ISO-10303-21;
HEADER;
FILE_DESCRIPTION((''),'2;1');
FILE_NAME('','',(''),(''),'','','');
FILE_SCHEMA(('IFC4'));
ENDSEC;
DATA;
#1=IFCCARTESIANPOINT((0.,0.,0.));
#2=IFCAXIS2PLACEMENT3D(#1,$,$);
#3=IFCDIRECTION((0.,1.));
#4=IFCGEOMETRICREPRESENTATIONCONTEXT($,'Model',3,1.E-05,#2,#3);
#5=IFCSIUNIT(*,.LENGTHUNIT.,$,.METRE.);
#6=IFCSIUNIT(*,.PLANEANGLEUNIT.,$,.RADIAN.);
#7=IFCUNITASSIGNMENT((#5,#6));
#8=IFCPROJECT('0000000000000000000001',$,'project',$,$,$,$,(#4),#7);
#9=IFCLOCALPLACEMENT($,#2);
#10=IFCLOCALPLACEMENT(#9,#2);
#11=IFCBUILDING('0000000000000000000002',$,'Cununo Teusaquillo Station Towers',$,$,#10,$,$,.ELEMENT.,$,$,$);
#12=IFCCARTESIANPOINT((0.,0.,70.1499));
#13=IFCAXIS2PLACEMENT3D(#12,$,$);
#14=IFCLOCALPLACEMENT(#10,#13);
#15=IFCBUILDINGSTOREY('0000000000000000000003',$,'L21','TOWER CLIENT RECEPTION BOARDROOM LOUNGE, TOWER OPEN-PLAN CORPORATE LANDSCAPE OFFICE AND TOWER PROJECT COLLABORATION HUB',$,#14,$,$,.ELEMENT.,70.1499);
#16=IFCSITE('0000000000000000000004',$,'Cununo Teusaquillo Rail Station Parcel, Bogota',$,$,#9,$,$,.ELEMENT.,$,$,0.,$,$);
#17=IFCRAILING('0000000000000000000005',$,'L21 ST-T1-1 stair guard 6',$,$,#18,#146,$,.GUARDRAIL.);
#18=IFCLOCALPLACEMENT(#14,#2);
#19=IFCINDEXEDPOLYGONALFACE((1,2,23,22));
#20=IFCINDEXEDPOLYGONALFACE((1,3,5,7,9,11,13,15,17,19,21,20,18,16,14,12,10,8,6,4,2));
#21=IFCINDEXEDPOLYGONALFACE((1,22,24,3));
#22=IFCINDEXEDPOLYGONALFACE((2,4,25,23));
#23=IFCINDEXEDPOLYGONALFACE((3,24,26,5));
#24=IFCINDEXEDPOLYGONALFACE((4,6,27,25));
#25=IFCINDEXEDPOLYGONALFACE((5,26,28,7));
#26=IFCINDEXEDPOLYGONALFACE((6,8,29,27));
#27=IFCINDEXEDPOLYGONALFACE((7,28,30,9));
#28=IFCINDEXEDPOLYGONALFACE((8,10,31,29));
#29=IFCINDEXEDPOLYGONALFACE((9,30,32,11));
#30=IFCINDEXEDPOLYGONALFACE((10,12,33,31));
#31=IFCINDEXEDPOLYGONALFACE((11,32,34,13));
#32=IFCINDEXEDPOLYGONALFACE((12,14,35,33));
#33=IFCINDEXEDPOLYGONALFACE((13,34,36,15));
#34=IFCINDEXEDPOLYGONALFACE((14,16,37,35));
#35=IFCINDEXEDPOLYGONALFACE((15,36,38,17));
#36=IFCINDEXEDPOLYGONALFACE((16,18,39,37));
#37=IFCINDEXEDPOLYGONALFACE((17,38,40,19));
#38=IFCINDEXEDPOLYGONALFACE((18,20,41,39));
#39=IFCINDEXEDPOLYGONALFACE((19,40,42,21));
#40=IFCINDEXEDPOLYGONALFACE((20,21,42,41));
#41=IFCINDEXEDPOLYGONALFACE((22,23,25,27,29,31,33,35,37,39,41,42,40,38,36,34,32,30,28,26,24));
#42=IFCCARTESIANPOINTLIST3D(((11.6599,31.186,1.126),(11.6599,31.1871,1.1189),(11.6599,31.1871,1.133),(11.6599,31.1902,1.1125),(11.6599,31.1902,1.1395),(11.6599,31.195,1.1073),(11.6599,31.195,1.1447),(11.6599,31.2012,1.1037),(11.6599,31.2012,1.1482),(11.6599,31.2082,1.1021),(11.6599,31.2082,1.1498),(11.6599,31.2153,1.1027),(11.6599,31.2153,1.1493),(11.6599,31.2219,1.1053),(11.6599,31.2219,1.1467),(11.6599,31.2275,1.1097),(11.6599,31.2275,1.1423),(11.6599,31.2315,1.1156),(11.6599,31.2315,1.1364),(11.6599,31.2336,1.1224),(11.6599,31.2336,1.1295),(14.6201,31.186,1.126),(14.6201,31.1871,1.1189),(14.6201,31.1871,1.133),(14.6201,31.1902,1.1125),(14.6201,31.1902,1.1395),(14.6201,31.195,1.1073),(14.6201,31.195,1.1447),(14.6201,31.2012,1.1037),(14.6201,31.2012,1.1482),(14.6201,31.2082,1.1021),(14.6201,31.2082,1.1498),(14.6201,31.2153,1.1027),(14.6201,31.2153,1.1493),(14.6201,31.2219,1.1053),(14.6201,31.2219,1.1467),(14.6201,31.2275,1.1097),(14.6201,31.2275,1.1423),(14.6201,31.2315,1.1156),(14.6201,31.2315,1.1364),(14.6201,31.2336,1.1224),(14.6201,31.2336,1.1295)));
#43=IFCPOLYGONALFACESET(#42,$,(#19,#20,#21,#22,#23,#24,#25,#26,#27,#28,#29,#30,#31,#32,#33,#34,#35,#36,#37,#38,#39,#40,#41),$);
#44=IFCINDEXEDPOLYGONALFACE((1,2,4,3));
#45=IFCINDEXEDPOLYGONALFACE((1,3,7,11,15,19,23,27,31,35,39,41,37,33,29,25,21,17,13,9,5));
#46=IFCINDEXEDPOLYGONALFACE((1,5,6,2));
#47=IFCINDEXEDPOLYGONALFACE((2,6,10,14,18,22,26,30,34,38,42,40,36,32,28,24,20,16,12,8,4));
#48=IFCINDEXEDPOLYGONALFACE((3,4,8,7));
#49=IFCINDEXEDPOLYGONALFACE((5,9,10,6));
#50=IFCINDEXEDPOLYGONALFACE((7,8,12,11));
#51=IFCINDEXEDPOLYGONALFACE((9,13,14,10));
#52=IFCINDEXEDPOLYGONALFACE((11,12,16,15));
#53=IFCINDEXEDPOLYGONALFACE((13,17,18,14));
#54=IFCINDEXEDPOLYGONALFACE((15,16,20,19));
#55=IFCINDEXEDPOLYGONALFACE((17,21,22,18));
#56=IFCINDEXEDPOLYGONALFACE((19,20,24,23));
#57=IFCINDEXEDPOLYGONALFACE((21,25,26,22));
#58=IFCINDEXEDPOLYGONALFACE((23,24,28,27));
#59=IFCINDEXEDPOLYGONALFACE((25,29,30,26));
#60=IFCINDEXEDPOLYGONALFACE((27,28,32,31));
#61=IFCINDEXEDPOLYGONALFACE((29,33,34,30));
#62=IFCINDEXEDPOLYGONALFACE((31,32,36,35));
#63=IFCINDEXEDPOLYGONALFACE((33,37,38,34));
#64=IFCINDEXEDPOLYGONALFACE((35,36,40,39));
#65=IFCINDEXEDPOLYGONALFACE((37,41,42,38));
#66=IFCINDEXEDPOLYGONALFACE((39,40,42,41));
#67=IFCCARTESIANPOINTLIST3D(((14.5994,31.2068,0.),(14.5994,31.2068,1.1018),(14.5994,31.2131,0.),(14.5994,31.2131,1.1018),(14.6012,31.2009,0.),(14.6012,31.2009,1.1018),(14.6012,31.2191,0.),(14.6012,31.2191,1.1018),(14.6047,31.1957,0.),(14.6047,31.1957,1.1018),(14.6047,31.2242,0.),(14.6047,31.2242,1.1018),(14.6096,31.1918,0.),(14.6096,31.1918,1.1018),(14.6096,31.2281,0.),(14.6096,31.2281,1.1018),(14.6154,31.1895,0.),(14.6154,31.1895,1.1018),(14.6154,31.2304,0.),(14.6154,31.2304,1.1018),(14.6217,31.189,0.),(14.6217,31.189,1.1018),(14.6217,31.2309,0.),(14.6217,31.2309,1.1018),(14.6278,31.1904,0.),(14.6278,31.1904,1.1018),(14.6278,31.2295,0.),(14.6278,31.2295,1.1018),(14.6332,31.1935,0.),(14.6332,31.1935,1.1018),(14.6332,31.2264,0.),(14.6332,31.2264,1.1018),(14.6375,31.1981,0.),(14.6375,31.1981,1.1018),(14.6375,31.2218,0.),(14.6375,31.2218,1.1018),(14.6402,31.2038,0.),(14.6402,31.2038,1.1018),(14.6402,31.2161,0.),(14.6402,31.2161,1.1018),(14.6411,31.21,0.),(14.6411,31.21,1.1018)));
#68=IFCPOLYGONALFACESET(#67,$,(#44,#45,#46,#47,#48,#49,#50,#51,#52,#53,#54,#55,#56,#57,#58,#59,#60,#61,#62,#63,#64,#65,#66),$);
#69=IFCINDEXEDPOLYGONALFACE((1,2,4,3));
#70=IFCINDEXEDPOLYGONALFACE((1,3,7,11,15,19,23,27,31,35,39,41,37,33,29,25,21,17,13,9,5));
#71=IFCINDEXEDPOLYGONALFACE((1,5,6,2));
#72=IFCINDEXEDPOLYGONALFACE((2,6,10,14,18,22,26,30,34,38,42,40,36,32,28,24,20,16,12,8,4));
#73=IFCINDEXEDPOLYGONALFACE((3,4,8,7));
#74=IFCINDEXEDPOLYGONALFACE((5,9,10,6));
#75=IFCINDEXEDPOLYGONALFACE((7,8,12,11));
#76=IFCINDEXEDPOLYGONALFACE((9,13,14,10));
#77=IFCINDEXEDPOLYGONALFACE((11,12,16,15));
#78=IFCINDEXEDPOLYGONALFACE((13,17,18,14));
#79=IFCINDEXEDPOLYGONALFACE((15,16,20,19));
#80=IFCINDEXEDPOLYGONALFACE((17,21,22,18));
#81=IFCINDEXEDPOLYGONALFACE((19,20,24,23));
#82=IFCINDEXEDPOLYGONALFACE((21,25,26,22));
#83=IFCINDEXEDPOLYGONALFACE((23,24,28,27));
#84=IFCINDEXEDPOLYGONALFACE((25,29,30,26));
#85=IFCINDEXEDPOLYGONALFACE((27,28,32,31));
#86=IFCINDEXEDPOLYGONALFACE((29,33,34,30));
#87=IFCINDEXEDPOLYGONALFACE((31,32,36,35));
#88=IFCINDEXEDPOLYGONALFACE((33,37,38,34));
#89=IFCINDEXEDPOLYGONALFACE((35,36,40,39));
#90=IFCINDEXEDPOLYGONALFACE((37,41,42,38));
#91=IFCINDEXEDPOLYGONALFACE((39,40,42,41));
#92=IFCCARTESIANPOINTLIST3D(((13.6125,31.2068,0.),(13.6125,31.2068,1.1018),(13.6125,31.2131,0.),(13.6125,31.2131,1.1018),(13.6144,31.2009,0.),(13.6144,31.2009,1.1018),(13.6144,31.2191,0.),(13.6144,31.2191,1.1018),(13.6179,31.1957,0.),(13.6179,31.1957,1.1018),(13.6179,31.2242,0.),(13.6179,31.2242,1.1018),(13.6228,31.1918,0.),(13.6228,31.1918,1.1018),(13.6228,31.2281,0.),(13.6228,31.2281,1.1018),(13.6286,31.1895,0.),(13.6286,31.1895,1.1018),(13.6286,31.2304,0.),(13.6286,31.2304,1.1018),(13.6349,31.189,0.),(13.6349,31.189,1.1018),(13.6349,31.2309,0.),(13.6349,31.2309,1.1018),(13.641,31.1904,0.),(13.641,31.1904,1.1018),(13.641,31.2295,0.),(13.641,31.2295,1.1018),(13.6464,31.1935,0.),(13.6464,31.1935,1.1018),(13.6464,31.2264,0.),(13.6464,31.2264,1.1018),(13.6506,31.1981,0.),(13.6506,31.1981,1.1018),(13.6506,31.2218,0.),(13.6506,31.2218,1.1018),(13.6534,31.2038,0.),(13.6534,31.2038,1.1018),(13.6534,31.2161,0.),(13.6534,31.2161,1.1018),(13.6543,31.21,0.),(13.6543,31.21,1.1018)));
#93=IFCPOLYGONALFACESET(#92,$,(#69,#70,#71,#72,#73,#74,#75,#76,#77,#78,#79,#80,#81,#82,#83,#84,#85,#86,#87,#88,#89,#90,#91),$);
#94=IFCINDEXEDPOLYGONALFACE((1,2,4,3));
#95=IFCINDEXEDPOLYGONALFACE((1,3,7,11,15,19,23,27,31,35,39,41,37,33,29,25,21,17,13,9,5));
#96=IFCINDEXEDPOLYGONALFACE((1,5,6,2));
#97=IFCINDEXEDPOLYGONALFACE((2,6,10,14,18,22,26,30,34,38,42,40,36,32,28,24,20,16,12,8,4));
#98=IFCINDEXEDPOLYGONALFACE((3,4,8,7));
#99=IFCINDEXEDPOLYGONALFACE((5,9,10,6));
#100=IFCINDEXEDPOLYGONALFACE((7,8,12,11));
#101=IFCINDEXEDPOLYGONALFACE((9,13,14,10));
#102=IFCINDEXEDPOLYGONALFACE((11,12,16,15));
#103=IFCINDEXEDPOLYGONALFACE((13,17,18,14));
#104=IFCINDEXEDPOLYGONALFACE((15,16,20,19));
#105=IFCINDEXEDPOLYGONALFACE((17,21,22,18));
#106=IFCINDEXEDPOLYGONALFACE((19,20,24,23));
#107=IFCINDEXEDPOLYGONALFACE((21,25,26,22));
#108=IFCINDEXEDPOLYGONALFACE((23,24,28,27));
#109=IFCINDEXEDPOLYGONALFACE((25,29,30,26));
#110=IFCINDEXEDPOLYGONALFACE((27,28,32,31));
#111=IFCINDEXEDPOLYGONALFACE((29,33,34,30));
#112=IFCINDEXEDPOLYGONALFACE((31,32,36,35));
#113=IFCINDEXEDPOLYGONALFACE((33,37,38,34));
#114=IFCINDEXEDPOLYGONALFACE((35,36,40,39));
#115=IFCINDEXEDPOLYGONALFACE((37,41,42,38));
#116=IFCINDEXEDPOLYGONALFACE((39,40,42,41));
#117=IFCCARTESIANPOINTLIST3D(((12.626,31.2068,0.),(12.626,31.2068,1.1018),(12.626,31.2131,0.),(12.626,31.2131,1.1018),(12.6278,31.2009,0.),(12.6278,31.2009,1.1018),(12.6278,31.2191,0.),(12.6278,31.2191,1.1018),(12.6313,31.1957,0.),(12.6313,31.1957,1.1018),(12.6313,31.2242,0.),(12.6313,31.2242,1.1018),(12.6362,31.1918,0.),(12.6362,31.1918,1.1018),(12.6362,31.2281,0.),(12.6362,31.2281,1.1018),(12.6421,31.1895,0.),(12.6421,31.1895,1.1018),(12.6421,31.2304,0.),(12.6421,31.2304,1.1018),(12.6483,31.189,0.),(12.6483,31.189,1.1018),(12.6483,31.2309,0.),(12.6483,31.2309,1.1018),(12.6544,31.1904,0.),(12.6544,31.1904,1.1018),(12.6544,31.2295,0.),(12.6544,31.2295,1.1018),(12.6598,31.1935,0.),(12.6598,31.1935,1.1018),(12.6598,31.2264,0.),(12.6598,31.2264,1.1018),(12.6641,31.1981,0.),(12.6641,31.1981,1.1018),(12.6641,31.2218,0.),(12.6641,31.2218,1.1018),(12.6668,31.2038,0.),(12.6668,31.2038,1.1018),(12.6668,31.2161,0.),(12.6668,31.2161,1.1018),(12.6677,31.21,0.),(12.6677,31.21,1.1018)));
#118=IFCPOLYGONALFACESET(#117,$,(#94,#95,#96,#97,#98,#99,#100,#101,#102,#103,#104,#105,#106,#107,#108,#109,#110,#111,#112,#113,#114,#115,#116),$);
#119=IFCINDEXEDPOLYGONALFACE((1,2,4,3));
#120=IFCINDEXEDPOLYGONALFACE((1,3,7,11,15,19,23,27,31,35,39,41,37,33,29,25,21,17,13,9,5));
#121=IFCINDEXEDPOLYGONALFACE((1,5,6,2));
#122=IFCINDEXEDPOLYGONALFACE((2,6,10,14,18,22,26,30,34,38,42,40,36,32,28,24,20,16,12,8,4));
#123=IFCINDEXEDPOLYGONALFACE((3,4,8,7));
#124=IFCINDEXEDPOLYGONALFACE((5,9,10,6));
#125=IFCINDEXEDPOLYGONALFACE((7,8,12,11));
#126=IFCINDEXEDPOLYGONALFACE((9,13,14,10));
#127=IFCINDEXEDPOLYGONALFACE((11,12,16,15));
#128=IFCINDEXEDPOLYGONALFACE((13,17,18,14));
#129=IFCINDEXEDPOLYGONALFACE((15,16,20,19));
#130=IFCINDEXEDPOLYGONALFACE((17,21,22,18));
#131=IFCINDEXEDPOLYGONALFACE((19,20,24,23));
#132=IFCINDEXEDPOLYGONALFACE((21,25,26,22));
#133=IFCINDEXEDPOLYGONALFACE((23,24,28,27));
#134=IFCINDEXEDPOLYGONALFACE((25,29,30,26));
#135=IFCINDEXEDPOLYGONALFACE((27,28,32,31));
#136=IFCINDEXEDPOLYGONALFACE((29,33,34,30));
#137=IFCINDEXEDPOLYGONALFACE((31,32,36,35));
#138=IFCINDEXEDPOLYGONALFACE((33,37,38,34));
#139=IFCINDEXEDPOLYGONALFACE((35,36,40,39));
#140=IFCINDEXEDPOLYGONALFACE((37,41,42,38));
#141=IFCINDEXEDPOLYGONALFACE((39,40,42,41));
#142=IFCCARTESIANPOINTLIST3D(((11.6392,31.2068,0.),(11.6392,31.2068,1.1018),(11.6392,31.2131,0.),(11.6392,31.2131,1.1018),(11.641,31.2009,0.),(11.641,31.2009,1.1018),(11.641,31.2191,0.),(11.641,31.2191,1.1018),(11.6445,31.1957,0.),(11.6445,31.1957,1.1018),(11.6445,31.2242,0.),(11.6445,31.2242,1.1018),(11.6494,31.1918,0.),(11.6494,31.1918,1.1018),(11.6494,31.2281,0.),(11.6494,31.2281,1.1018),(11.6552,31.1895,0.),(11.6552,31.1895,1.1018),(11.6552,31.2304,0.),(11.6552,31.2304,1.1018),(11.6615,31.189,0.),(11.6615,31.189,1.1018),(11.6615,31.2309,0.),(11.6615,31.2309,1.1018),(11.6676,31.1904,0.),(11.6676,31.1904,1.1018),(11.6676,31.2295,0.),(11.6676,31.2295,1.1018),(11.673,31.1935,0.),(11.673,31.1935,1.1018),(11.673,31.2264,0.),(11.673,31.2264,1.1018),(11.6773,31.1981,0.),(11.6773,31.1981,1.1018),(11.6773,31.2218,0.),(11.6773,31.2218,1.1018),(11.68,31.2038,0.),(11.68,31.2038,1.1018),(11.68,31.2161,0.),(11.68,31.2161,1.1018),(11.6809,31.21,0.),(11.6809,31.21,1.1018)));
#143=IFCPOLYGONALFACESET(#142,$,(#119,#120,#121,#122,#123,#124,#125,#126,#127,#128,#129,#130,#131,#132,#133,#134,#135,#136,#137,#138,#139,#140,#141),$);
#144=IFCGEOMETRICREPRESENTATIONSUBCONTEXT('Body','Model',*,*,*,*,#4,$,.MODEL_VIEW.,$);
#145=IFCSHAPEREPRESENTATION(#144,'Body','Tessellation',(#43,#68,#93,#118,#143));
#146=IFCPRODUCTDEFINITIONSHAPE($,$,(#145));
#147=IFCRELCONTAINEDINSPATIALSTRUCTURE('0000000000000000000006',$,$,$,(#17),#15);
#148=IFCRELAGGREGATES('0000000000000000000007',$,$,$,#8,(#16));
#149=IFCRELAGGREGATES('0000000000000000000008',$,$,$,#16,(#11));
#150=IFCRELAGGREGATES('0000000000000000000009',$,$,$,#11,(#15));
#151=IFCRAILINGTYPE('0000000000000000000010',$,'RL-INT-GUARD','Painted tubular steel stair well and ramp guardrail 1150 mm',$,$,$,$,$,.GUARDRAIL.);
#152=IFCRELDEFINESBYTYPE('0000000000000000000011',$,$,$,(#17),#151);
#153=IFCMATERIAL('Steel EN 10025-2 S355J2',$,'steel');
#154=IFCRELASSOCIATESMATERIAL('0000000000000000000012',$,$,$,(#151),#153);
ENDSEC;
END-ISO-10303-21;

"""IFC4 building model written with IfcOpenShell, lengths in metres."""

from ifc_helpers import new_model, si_unit, direction, frame, origin, origin_2d, place, context, subcontext, project, spatial, circle, extrude, material, type_object, element, save


model = new_model("IFC4")

# Units and contexts
model_context = context("Model", 3, precision=1e-05, world=origin(), true_north=direction((0.0, 1.0)))
body_context = subcontext(model_context, "Body", "Model", "MODEL_VIEW")
ifc_project = project(units=[si_unit("LENGTHUNIT", "METRE"), si_unit("PLANEANGLEUNIT", "RADIAN")], contexts=[model_context])

# Site, building, storey
site_placement = place(None, origin())
site = spatial("IfcSite", under=ifc_project, at=site_placement, Name="Cununo Teusaquillo Rail Station Parcel, Bogota", CompositionType="ELEMENT", RefElevation=0.0)
building_placement = place(site_placement, origin())
building = spatial("IfcBuilding", under=site, at=building_placement, Name="Cununo Teusaquillo Station Towers", CompositionType="ELEMENT")
storey_placement = place(building_placement, frame((0.0, 0.0, 70.1499)))
storey = spatial("IfcBuildingStorey", under=building, at=storey_placement, Name="L21", Description="TOWER CLIENT RECEPTION BOARDROOM LOUNGE, TOWER OPEN-PLAN CORPORATE LANDSCAPE OFFICE AND TOWER PROJECT COLLABORATION HUB", CompositionType="ELEMENT", Elevation=70.1499)

# Railing
ifc_material_1 = material(Name="Steel EN 10025-2 S355J2", Category="steel")
railing_type_1 = type_object("IfcRailingType", Name="RL-INT-GUARD", Description="Painted tubular steel stair well and ramp guardrail 1150 mm", PredefinedType="GUARDRAIL", material=ifc_material_1)
railing_1_placement = place(storey_placement, frame((14.6201, 31.21, 0.0)))
element("IfcRailing", 1, at=railing_1_placement, inside=storey, type_object=railing_type_1, Name="L21 ST-T1-1 stair guard 6", PredefinedType="GUARDRAIL", context=body_context, shape_type="SweptSolid", body=[
    extrude(circle(Radius=0.0239, at=origin_2d()), frame((0.0, 0.0, 1.126), z_axis=(-1.0, 0.0, 0.0), x_axis=(0.0, -1.0, 0.0)), (0.0, 0.0, 1.0), 2.9602),
    extrude(circle(Radius=0.021, at=origin_2d()), origin(), (0.0, 0.0, 1.0), 1.1018),
    extrude(circle(Radius=0.021, at=origin_2d()), frame((-0.9868, 0.0, 0.0)), (0.0, 0.0, 1.0), 1.1018),
    extrude(circle(Radius=0.021, at=origin_2d()), frame((-1.9734, 0.0, 0.0)), (0.0, 0.0, 1.0), 1.1018),
    extrude(circle(Radius=0.021, at=origin_2d()), frame((-2.9602, 0.0, 0.0)), (0.0, 0.0, 1.0), 1.1018),
])

save(model, "model.ifc")
